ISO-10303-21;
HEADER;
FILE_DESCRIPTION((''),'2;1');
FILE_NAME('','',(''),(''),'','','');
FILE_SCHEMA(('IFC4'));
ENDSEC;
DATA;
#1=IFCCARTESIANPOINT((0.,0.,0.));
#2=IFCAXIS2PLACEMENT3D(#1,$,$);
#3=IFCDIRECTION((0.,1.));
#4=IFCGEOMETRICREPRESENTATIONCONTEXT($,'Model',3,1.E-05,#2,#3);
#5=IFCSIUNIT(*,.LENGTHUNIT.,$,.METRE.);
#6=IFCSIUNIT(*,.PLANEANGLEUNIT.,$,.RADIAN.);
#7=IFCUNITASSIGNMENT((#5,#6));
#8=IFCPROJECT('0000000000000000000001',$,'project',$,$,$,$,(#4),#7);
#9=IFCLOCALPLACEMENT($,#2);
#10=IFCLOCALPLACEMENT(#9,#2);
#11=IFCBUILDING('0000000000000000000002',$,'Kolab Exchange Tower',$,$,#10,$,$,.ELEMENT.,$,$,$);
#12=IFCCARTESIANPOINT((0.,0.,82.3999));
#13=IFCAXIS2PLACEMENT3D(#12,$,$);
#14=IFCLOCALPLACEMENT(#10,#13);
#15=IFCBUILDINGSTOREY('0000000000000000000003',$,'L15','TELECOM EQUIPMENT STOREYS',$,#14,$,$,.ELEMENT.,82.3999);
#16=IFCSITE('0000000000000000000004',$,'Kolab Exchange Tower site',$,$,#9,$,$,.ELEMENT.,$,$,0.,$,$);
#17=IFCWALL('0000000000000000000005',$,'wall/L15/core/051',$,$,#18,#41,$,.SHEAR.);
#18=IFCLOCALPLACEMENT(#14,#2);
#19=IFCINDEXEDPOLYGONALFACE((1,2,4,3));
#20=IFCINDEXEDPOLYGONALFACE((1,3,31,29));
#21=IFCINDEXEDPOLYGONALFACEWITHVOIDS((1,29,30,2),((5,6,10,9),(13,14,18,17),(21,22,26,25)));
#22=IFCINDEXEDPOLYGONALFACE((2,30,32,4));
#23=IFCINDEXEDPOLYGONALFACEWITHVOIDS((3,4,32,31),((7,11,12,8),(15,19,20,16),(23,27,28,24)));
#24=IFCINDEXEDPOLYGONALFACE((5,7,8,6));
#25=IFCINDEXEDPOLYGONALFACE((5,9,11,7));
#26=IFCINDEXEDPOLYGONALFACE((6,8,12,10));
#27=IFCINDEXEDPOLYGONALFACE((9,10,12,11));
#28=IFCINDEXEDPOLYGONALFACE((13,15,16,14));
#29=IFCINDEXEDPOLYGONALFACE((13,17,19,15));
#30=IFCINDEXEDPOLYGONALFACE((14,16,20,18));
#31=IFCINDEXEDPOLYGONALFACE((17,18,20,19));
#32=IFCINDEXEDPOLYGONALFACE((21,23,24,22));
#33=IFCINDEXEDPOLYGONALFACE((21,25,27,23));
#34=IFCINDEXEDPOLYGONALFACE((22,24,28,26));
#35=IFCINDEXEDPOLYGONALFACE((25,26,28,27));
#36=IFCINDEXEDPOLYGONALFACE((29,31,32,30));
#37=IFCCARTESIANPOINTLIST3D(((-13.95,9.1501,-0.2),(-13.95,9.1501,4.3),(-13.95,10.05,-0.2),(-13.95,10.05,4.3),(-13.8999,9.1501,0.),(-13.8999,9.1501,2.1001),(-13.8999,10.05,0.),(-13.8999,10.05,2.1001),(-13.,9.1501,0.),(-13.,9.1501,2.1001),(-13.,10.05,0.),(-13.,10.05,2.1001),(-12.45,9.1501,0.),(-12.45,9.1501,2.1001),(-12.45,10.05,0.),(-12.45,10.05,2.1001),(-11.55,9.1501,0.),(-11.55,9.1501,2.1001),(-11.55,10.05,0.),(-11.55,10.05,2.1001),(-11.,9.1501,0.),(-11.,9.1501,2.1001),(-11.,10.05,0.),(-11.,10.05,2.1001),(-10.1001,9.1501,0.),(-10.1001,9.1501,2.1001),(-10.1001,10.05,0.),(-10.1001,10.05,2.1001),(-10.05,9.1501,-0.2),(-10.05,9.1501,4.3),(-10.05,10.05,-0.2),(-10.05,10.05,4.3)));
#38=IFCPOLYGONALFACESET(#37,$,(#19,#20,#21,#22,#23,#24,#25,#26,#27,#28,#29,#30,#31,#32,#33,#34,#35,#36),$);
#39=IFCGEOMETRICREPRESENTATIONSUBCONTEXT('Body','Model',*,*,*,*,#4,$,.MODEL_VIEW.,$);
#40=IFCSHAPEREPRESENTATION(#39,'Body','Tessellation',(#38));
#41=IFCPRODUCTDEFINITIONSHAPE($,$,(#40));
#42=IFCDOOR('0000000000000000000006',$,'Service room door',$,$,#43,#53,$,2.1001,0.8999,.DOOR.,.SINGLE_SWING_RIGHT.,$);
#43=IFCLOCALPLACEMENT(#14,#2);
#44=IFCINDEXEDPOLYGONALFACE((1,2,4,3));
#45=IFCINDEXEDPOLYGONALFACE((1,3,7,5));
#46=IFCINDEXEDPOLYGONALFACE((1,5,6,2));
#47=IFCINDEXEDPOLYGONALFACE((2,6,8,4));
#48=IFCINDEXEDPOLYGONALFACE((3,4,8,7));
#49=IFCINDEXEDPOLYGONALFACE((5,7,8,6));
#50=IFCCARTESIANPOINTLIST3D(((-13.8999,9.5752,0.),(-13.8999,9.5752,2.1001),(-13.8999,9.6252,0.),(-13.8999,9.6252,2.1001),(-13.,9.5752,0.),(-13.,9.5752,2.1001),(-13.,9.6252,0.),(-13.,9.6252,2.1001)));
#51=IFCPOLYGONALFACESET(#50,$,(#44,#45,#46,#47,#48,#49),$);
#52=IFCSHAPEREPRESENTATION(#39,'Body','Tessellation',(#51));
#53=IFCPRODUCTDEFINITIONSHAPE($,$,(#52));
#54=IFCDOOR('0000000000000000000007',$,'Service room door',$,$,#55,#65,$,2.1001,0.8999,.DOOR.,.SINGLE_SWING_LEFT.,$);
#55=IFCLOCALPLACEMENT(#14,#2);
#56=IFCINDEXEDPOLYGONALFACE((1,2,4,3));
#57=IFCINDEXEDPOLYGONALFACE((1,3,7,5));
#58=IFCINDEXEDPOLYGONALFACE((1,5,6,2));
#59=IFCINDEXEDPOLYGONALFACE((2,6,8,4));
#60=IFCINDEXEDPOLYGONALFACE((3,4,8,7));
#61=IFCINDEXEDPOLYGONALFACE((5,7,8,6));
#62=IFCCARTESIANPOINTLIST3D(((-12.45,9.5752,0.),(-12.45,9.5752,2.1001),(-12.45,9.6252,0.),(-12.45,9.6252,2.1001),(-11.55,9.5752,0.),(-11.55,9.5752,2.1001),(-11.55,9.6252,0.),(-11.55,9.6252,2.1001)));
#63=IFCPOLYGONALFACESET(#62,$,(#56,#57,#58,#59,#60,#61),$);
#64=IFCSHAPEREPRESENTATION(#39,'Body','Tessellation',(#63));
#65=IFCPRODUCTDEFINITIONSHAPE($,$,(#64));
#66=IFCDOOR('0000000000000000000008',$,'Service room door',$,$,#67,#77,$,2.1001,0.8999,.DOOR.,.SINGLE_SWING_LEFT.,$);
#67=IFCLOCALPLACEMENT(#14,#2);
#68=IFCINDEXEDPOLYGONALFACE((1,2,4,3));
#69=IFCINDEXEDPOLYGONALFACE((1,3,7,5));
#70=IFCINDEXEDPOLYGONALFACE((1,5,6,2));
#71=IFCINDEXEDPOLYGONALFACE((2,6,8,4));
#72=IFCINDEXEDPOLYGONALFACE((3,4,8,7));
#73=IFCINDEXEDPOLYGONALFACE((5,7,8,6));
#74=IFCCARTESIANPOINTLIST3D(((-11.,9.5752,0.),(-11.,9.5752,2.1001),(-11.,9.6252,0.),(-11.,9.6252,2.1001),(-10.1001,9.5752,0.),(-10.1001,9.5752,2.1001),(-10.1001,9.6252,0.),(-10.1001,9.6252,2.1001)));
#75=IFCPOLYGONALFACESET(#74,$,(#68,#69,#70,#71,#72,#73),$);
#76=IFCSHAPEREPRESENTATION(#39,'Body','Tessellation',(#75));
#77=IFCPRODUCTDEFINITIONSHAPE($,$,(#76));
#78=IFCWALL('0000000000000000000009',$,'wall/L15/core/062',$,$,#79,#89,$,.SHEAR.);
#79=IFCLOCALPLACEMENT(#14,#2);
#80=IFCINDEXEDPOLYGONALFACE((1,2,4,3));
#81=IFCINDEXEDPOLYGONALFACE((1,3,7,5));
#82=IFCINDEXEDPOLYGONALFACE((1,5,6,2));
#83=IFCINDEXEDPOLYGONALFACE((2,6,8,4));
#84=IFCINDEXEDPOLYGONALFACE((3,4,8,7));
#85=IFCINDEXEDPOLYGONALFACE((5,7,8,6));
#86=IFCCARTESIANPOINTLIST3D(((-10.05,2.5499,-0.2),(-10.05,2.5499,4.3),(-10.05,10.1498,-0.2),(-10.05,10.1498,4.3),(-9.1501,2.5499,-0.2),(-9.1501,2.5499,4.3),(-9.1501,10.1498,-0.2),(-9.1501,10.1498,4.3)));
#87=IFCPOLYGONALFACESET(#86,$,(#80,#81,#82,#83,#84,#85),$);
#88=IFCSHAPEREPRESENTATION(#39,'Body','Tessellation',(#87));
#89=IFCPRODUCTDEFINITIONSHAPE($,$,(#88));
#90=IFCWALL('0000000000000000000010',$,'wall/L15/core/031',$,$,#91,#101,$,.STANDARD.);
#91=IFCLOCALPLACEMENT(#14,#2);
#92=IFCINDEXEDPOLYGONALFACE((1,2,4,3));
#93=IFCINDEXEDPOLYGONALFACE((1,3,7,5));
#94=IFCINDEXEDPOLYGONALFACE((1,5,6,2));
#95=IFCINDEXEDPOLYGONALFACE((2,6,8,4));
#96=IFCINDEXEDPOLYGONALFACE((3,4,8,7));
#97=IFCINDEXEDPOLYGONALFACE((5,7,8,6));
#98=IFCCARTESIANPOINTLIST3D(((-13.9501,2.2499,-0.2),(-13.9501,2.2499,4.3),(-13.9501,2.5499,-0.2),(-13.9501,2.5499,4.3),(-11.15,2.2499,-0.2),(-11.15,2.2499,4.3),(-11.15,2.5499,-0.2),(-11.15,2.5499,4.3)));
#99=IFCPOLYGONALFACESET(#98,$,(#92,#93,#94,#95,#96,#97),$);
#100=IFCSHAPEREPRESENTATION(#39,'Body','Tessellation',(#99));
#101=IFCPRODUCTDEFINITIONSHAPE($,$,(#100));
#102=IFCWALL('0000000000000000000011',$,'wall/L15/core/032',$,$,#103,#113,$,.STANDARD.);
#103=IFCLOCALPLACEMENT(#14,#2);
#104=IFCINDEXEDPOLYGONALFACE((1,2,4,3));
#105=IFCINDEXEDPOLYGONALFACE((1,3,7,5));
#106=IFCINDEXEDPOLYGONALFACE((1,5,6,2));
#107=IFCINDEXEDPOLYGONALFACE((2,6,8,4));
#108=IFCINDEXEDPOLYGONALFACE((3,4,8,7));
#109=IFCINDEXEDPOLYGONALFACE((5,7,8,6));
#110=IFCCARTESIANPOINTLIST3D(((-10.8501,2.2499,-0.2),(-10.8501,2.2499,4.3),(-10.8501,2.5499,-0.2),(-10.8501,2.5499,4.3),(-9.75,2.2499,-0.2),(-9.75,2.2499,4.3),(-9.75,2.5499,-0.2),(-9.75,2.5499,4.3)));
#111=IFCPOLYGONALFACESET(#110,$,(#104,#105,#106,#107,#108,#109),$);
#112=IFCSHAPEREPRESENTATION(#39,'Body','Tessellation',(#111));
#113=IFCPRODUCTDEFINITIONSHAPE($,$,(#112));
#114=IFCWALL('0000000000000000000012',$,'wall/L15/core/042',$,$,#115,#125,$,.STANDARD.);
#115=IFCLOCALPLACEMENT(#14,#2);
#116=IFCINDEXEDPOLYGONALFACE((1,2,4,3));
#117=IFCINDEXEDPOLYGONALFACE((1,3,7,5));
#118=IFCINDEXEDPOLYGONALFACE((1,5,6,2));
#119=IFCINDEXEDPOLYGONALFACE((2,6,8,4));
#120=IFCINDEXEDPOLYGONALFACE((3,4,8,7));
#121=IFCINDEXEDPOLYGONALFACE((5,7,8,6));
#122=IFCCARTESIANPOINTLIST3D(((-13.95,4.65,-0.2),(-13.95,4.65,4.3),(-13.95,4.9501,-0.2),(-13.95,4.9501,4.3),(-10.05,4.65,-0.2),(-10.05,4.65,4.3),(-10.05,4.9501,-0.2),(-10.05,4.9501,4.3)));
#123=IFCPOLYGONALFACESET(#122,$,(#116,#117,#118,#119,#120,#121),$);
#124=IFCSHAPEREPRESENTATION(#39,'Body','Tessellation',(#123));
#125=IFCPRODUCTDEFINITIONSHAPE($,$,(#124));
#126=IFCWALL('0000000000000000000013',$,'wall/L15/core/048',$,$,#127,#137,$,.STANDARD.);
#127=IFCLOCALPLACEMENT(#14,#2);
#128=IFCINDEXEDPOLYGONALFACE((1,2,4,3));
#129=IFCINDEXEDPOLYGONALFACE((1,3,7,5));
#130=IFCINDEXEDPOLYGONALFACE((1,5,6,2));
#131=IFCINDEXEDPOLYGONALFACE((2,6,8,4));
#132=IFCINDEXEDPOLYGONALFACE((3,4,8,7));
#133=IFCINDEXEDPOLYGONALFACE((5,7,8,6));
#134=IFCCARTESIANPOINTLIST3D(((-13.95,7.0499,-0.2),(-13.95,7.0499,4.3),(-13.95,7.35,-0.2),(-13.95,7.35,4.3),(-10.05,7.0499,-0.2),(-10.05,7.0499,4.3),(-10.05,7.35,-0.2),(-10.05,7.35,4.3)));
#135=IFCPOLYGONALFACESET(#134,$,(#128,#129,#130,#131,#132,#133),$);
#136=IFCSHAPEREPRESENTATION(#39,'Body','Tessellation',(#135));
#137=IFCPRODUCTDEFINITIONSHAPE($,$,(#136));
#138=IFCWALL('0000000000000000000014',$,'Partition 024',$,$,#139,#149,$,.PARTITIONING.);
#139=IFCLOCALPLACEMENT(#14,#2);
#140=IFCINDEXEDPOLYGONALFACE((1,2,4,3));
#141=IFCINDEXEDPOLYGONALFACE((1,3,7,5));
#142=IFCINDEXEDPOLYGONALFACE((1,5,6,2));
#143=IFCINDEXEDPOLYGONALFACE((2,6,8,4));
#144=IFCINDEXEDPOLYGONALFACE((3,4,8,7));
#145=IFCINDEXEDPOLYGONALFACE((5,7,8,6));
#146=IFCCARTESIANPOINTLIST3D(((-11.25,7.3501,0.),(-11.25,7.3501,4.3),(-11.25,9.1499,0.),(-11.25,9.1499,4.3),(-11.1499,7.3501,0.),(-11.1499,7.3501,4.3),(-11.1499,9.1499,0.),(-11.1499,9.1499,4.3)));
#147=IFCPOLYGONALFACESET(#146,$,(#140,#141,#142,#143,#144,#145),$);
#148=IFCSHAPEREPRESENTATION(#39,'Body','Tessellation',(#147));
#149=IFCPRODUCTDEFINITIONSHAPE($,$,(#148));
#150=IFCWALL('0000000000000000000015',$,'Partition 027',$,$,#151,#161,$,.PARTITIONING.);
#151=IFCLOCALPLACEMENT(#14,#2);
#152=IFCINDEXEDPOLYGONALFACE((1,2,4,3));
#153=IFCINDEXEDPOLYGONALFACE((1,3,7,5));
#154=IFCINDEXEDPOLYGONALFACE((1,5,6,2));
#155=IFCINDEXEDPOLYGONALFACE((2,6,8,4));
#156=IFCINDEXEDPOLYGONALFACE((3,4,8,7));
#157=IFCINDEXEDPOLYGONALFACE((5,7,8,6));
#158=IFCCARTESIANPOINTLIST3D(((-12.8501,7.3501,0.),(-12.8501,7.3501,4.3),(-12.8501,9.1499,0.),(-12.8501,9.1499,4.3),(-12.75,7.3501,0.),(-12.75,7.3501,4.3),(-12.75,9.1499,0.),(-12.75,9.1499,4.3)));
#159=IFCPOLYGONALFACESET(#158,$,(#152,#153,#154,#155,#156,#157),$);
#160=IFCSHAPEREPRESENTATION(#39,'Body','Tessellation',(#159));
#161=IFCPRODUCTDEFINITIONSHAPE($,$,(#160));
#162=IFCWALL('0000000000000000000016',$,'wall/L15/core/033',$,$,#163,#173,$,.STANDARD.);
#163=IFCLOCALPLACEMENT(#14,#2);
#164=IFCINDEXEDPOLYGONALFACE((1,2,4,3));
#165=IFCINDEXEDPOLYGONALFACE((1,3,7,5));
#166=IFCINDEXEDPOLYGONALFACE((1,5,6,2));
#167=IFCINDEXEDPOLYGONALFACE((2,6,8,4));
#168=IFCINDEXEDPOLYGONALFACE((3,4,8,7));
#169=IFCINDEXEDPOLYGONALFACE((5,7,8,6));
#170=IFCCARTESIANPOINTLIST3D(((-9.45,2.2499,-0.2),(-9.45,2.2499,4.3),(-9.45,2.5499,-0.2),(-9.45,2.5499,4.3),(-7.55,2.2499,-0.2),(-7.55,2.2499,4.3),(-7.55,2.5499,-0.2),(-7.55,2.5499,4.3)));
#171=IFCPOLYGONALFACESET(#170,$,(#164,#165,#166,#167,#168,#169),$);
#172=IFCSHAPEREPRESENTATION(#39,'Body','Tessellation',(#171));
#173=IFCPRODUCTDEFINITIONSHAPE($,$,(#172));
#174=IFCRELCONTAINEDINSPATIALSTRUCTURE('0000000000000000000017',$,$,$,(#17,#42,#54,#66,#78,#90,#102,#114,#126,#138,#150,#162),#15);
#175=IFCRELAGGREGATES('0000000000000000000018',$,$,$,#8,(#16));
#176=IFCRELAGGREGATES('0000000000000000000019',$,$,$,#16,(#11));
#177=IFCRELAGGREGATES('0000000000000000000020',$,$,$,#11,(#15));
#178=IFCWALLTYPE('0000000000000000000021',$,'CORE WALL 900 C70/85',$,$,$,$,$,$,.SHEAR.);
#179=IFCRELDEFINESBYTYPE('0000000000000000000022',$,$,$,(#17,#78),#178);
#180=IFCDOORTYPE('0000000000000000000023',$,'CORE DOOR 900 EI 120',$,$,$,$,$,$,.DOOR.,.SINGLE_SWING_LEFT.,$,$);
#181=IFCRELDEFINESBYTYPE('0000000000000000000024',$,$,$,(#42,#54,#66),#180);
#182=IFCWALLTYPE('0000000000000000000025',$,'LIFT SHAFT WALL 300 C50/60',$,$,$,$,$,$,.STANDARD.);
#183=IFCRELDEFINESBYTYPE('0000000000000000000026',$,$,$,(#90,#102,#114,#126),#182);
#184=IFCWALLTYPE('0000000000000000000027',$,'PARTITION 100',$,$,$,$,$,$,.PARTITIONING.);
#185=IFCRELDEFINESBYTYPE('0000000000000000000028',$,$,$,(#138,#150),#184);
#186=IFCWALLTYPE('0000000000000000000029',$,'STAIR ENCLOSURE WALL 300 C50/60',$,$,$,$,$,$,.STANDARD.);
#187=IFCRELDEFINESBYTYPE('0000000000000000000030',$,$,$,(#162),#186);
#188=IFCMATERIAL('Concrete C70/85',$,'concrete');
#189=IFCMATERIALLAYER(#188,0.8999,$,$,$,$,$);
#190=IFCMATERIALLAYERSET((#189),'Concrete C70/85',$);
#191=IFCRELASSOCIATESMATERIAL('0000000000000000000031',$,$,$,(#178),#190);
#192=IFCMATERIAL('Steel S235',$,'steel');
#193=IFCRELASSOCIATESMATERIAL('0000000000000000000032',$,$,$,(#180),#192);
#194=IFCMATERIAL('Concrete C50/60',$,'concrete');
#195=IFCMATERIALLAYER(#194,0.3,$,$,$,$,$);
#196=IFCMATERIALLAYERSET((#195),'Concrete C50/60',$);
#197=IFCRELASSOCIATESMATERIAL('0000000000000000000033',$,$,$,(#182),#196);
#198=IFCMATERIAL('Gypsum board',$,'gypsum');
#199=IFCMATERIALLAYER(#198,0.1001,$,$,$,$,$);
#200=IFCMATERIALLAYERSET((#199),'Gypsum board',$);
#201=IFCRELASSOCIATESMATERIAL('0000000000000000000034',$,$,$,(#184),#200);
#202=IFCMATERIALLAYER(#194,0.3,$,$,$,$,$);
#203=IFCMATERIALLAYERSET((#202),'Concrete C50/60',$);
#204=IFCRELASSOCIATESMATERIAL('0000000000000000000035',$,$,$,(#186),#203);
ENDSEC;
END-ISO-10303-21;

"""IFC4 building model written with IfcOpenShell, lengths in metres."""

from ifc_helpers import new_model, si_unit, direction, frame, frame_2d, origin, place, context, subcontext, project, spatial, rectangle, extrude, material, layer, layer_set, type_object, element, fill, save


model = new_model("IFC4")

# Units and contexts
model_context = context("Model", 3, precision=1e-05, world=origin(), true_north=direction((0.0, 1.0)))
body_context = subcontext(model_context, "Body", "Model", "MODEL_VIEW")
ifc_project = project(units=[si_unit("LENGTHUNIT", "METRE"), si_unit("PLANEANGLEUNIT", "RADIAN")], contexts=[model_context])

# Site, building, storey
site_placement = place(None, origin())
site = spatial("IfcSite", under=ifc_project, at=site_placement, Name="Kolab Exchange Tower site", CompositionType="ELEMENT", RefElevation=0.0)
building_placement = place(site_placement, origin())
building = spatial("IfcBuilding", under=site, at=building_placement, Name="Kolab Exchange Tower", CompositionType="ELEMENT")
storey_placement = place(building_placement, frame((0.0, 0.0, 82.3999)))
storey = spatial("IfcBuildingStorey", under=building, at=storey_placement, Name="L15", Description="TELECOM EQUIPMENT STOREYS", CompositionType="ELEMENT", Elevation=82.3999)

# Wall, openings, doors
ifc_material_1 = material(Name="Concrete C70/85", Category="concrete")
ifc_layer_1 = layer(ifc_material_1, 0.8999)
ifc_layer_set_1 = layer_set([ifc_layer_1], Name="Concrete C70/85")
wall_type_1 = type_object("IfcWallType", Name="CORE WALL 900 C70/85", PredefinedType="SHEAR", material=ifc_layer_set_1)
wall_1_placement = place(storey_placement, frame((-13.95, 9.6001, -0.2), z_axis=(0.0, 0.0, 1.0), x_axis=(1.0, 0.0, 0.0)))
wall_1 = element("IfcWall", 1, at=wall_1_placement, inside=storey, type_object=wall_type_1, Name="wall/L15/core/051", PredefinedType="SHEAR", context=body_context, shape_type="SweptSolid", body=[
    extrude(rectangle(XDim=3.8999, YDim=0.8999, at=frame_2d((1.95, 0.0))), origin(), (0.0, 0.0, 1.0), 4.5),
])
opening_1_placement = place(wall_1_placement, frame((0.05, 0.0, 0.2)))
opening_1 = element("IfcOpeningElement", 2, at=opening_1_placement, cuts=wall_1, PredefinedType="OPENING", context=body_context, shape_type="SweptSolid", body=[
    extrude(rectangle(XDim=0.8999, YDim=2.1001, at=frame_2d((0.45, 1.05))), frame((0.0, 0.46, 0.0), z_axis=(0.0, -1.0, 0.0), x_axis=(1.0, 0.0, 0.0)), (0.0, 0.0, 1.0), 0.9199),
])
opening_2_placement = place(wall_1_placement, frame((1.5, 0.0, 0.2)))
opening_2 = element("IfcOpeningElement", 3, at=opening_2_placement, cuts=wall_1, PredefinedType="OPENING", context=body_context, shape_type="SweptSolid", body=[
    extrude(rectangle(XDim=0.8999, YDim=2.1001, at=frame_2d((0.45, 1.05))), frame((0.0, 0.46, 0.0), z_axis=(0.0, -1.0, 0.0), x_axis=(1.0, 0.0, 0.0)), (0.0, 0.0, 1.0), 0.9199),
])
opening_3_placement = place(wall_1_placement, frame((2.95, 0.0, 0.2)))
opening_3 = element("IfcOpeningElement", 4, at=opening_3_placement, cuts=wall_1, PredefinedType="OPENING", context=body_context, shape_type="SweptSolid", body=[
    extrude(rectangle(XDim=0.8999, YDim=2.1001, at=frame_2d((0.45, 1.05))), frame((0.0, 0.46, 0.0), z_axis=(0.0, -1.0, 0.0), x_axis=(1.0, 0.0, 0.0)), (0.0, 0.0, 1.0), 0.9199),
])
ifc_material_2 = material(Name="Steel S235", Category="steel")
door_type_1 = type_object("IfcDoorType", Name="CORE DOOR 900 EI 120", OperationType="SINGLE_SWING_LEFT", PredefinedType="DOOR", material=ifc_material_2)
door_1_placement = place(opening_1_placement, frame((0.8999, 0.0, 0.0), z_axis=(0.0, 0.0, 1.0), x_axis=(-1.0, 0.0, 0.0)))
door_1 = element("IfcDoor", 5, at=door_1_placement, inside=storey, type_object=door_type_1, Name="Service room door", OperationType="SINGLE_SWING_RIGHT", OverallHeight=2.1001, OverallWidth=0.8999, PredefinedType="DOOR", context=body_context, shape_type="SweptSolid", body=[
    extrude(rectangle(XDim=0.8999, YDim=2.1001, at=frame_2d((0.45, 1.05))), frame((0.0, 0.0249, 0.0), z_axis=(0.0, -1.0, 0.0), x_axis=(1.0, 0.0, 0.0)), (0.0, 0.0, 1.0), 0.05),
])
fill(opening_1, door_1)
door_2_placement = place(opening_2_placement, frame((0.8999, 0.0, 0.0), z_axis=(0.0, 0.0, 1.0), x_axis=(-1.0, 0.0, 0.0)))
door_2 = element("IfcDoor", 6, at=door_2_placement, inside=storey, type_object=door_type_1, Name="Service room door", OperationType="SINGLE_SWING_LEFT", OverallHeight=2.1001, OverallWidth=0.8999, PredefinedType="DOOR", context=body_context, shape_type="SweptSolid", body=[
    extrude(rectangle(XDim=0.8999, YDim=2.1001, at=frame_2d((0.45, 1.05))), frame((0.0, 0.0249, 0.0), z_axis=(0.0, -1.0, 0.0), x_axis=(1.0, 0.0, 0.0)), (0.0, 0.0, 1.0), 0.05),
])
fill(opening_2, door_2)
door_3_placement = place(opening_3_placement, frame((0.8999, 0.0, 0.0), z_axis=(0.0, 0.0, 1.0), x_axis=(-1.0, 0.0, 0.0)))
door_3 = element("IfcDoor", 7, at=door_3_placement, inside=storey, type_object=door_type_1, Name="Service room door", OperationType="SINGLE_SWING_LEFT", OverallHeight=2.1001, OverallWidth=0.8999, PredefinedType="DOOR", context=body_context, shape_type="SweptSolid", body=[
    extrude(rectangle(XDim=0.8999, YDim=2.1001, at=frame_2d((0.45, 1.05))), frame((0.0, 0.0249, 0.0), z_axis=(0.0, -1.0, 0.0), x_axis=(1.0, 0.0, 0.0)), (0.0, 0.0, 1.0), 0.05),
])
fill(opening_3, door_3)

# Walls
wall_2_placement = place(storey_placement, frame((-9.6001, 2.55, -0.2), z_axis=(0.0, 0.0, 1.0), x_axis=(0.0, 1.0, 0.0)))
element("IfcWall", 8, at=wall_2_placement, inside=storey, type_object=wall_type_1, Name="wall/L15/core/062", PredefinedType="SHEAR", context=body_context, shape_type="SweptSolid", body=[
    extrude(rectangle(XDim=7.5999, YDim=0.8999, at=frame_2d((3.7998, 0.0))), origin(), (0.0, 0.0, 1.0), 4.5),
])
ifc_material_3 = material(Name="Concrete C50/60", Category="concrete")
ifc_layer_2 = layer(ifc_material_3, 0.3)
ifc_layer_set_2 = layer_set([ifc_layer_2], Name="Concrete C50/60")
wall_type_2 = type_object("IfcWallType", Name="LIFT SHAFT WALL 300 C50/60", PredefinedType="STANDARD", material=ifc_layer_set_2)
wall_3_placement = place(storey_placement, frame((-13.95, 2.3999, -0.2), z_axis=(0.0, 0.0, 1.0), x_axis=(1.0, 0.0, 0.0)))
element("IfcWall", 9, at=wall_3_placement, inside=storey, type_object=wall_type_2, Name="wall/L15/core/031", PredefinedType="STANDARD", context=body_context, shape_type="SweptSolid", body=[
    extrude(rectangle(XDim=2.8, YDim=0.3, at=frame_2d((1.3999, 0.0))), origin(), (0.0, 0.0, 1.0), 4.5),
])
wall_4_placement = place(storey_placement, frame((-10.8501, 2.3999, -0.2), z_axis=(0.0, 0.0, 1.0), x_axis=(1.0, 0.0, 0.0)))
element("IfcWall", 10, at=wall_4_placement, inside=storey, type_object=wall_type_2, Name="wall/L15/core/032", PredefinedType="STANDARD", context=body_context, shape_type="SweptSolid", body=[
    extrude(rectangle(XDim=1.1001, YDim=0.3, at=frame_2d((0.55, 0.0))), origin(), (0.0, 0.0, 1.0), 4.5),
])
for number, where, z_axis, x_axis, name in (
    (11, (-13.95, 4.8, -0.2), (0.0, 0.0, 1.0), (1.0, 0.0, 0.0), "wall/L15/core/042"),
    (12, (-13.95, 7.2, -0.2), (0.0, 0.0, 1.0), (1.0, 0.0, 0.0), "wall/L15/core/048"),
):
    element("IfcWall", number, at=place(storey_placement, frame(where, z_axis=z_axis, x_axis=x_axis)), inside=storey, type_object=wall_type_2, Name=name, PredefinedType="STANDARD", context=body_context, shape_type="SweptSolid", body=[
        extrude(rectangle(XDim=3.8999, YDim=0.3, at=frame_2d((1.95, 0.0))), origin(), (0.0, 0.0, 1.0), 4.5),
    ])
ifc_material_4 = material(Name="Gypsum board", Category="gypsum")
ifc_layer_3 = layer(ifc_material_4, 0.1001)
ifc_layer_set_3 = layer_set([ifc_layer_3], Name="Gypsum board")
wall_type_3 = type_object("IfcWallType", Name="PARTITION 100", PredefinedType="PARTITIONING", material=ifc_layer_set_3)
for number, where, z_axis, x_axis, name in (
    (13, (-11.2, 7.3501, 0.0), (0.0, 0.0, 1.0), (0.0, 1.0, 0.0), "Partition 024"),
    (14, (-12.8, 7.3501, 0.0), (0.0, 0.0, 1.0), (0.0, 1.0, 0.0), "Partition 027"),
):
    element("IfcWall", number, at=place(storey_placement, frame(where, z_axis=z_axis, x_axis=x_axis)), inside=storey, type_object=wall_type_3, Name=name, PredefinedType="PARTITIONING", context=body_context, shape_type="SweptSolid", body=[
        extrude(rectangle(XDim=1.7998, YDim=0.1001, at=frame_2d((0.8999, 0.0))), origin(), (0.0, 0.0, 1.0), 4.3),
    ])
ifc_layer_4 = layer(ifc_material_3, 0.3)
ifc_layer_set_4 = layer_set([ifc_layer_4], Name="Concrete C50/60")
wall_type_4 = type_object("IfcWallType", Name="STAIR ENCLOSURE WALL 300 C50/60", PredefinedType="STANDARD", material=ifc_layer_set_4)
wall_5_placement = place(storey_placement, frame((-9.45, 2.3999, -0.2), z_axis=(0.0, 0.0, 1.0), x_axis=(1.0, 0.0, 0.0)))
element("IfcWall", 15, at=wall_5_placement, inside=storey, type_object=wall_type_4, Name="wall/L15/core/033", PredefinedType="STANDARD", context=body_context, shape_type="SweptSolid", body=[
    extrude(rectangle(XDim=1.8999, YDim=0.3, at=frame_2d((0.95, 0.0))), origin(), (0.0, 0.0, 1.0), 4.5),
])

save(model, "model.ifc")
